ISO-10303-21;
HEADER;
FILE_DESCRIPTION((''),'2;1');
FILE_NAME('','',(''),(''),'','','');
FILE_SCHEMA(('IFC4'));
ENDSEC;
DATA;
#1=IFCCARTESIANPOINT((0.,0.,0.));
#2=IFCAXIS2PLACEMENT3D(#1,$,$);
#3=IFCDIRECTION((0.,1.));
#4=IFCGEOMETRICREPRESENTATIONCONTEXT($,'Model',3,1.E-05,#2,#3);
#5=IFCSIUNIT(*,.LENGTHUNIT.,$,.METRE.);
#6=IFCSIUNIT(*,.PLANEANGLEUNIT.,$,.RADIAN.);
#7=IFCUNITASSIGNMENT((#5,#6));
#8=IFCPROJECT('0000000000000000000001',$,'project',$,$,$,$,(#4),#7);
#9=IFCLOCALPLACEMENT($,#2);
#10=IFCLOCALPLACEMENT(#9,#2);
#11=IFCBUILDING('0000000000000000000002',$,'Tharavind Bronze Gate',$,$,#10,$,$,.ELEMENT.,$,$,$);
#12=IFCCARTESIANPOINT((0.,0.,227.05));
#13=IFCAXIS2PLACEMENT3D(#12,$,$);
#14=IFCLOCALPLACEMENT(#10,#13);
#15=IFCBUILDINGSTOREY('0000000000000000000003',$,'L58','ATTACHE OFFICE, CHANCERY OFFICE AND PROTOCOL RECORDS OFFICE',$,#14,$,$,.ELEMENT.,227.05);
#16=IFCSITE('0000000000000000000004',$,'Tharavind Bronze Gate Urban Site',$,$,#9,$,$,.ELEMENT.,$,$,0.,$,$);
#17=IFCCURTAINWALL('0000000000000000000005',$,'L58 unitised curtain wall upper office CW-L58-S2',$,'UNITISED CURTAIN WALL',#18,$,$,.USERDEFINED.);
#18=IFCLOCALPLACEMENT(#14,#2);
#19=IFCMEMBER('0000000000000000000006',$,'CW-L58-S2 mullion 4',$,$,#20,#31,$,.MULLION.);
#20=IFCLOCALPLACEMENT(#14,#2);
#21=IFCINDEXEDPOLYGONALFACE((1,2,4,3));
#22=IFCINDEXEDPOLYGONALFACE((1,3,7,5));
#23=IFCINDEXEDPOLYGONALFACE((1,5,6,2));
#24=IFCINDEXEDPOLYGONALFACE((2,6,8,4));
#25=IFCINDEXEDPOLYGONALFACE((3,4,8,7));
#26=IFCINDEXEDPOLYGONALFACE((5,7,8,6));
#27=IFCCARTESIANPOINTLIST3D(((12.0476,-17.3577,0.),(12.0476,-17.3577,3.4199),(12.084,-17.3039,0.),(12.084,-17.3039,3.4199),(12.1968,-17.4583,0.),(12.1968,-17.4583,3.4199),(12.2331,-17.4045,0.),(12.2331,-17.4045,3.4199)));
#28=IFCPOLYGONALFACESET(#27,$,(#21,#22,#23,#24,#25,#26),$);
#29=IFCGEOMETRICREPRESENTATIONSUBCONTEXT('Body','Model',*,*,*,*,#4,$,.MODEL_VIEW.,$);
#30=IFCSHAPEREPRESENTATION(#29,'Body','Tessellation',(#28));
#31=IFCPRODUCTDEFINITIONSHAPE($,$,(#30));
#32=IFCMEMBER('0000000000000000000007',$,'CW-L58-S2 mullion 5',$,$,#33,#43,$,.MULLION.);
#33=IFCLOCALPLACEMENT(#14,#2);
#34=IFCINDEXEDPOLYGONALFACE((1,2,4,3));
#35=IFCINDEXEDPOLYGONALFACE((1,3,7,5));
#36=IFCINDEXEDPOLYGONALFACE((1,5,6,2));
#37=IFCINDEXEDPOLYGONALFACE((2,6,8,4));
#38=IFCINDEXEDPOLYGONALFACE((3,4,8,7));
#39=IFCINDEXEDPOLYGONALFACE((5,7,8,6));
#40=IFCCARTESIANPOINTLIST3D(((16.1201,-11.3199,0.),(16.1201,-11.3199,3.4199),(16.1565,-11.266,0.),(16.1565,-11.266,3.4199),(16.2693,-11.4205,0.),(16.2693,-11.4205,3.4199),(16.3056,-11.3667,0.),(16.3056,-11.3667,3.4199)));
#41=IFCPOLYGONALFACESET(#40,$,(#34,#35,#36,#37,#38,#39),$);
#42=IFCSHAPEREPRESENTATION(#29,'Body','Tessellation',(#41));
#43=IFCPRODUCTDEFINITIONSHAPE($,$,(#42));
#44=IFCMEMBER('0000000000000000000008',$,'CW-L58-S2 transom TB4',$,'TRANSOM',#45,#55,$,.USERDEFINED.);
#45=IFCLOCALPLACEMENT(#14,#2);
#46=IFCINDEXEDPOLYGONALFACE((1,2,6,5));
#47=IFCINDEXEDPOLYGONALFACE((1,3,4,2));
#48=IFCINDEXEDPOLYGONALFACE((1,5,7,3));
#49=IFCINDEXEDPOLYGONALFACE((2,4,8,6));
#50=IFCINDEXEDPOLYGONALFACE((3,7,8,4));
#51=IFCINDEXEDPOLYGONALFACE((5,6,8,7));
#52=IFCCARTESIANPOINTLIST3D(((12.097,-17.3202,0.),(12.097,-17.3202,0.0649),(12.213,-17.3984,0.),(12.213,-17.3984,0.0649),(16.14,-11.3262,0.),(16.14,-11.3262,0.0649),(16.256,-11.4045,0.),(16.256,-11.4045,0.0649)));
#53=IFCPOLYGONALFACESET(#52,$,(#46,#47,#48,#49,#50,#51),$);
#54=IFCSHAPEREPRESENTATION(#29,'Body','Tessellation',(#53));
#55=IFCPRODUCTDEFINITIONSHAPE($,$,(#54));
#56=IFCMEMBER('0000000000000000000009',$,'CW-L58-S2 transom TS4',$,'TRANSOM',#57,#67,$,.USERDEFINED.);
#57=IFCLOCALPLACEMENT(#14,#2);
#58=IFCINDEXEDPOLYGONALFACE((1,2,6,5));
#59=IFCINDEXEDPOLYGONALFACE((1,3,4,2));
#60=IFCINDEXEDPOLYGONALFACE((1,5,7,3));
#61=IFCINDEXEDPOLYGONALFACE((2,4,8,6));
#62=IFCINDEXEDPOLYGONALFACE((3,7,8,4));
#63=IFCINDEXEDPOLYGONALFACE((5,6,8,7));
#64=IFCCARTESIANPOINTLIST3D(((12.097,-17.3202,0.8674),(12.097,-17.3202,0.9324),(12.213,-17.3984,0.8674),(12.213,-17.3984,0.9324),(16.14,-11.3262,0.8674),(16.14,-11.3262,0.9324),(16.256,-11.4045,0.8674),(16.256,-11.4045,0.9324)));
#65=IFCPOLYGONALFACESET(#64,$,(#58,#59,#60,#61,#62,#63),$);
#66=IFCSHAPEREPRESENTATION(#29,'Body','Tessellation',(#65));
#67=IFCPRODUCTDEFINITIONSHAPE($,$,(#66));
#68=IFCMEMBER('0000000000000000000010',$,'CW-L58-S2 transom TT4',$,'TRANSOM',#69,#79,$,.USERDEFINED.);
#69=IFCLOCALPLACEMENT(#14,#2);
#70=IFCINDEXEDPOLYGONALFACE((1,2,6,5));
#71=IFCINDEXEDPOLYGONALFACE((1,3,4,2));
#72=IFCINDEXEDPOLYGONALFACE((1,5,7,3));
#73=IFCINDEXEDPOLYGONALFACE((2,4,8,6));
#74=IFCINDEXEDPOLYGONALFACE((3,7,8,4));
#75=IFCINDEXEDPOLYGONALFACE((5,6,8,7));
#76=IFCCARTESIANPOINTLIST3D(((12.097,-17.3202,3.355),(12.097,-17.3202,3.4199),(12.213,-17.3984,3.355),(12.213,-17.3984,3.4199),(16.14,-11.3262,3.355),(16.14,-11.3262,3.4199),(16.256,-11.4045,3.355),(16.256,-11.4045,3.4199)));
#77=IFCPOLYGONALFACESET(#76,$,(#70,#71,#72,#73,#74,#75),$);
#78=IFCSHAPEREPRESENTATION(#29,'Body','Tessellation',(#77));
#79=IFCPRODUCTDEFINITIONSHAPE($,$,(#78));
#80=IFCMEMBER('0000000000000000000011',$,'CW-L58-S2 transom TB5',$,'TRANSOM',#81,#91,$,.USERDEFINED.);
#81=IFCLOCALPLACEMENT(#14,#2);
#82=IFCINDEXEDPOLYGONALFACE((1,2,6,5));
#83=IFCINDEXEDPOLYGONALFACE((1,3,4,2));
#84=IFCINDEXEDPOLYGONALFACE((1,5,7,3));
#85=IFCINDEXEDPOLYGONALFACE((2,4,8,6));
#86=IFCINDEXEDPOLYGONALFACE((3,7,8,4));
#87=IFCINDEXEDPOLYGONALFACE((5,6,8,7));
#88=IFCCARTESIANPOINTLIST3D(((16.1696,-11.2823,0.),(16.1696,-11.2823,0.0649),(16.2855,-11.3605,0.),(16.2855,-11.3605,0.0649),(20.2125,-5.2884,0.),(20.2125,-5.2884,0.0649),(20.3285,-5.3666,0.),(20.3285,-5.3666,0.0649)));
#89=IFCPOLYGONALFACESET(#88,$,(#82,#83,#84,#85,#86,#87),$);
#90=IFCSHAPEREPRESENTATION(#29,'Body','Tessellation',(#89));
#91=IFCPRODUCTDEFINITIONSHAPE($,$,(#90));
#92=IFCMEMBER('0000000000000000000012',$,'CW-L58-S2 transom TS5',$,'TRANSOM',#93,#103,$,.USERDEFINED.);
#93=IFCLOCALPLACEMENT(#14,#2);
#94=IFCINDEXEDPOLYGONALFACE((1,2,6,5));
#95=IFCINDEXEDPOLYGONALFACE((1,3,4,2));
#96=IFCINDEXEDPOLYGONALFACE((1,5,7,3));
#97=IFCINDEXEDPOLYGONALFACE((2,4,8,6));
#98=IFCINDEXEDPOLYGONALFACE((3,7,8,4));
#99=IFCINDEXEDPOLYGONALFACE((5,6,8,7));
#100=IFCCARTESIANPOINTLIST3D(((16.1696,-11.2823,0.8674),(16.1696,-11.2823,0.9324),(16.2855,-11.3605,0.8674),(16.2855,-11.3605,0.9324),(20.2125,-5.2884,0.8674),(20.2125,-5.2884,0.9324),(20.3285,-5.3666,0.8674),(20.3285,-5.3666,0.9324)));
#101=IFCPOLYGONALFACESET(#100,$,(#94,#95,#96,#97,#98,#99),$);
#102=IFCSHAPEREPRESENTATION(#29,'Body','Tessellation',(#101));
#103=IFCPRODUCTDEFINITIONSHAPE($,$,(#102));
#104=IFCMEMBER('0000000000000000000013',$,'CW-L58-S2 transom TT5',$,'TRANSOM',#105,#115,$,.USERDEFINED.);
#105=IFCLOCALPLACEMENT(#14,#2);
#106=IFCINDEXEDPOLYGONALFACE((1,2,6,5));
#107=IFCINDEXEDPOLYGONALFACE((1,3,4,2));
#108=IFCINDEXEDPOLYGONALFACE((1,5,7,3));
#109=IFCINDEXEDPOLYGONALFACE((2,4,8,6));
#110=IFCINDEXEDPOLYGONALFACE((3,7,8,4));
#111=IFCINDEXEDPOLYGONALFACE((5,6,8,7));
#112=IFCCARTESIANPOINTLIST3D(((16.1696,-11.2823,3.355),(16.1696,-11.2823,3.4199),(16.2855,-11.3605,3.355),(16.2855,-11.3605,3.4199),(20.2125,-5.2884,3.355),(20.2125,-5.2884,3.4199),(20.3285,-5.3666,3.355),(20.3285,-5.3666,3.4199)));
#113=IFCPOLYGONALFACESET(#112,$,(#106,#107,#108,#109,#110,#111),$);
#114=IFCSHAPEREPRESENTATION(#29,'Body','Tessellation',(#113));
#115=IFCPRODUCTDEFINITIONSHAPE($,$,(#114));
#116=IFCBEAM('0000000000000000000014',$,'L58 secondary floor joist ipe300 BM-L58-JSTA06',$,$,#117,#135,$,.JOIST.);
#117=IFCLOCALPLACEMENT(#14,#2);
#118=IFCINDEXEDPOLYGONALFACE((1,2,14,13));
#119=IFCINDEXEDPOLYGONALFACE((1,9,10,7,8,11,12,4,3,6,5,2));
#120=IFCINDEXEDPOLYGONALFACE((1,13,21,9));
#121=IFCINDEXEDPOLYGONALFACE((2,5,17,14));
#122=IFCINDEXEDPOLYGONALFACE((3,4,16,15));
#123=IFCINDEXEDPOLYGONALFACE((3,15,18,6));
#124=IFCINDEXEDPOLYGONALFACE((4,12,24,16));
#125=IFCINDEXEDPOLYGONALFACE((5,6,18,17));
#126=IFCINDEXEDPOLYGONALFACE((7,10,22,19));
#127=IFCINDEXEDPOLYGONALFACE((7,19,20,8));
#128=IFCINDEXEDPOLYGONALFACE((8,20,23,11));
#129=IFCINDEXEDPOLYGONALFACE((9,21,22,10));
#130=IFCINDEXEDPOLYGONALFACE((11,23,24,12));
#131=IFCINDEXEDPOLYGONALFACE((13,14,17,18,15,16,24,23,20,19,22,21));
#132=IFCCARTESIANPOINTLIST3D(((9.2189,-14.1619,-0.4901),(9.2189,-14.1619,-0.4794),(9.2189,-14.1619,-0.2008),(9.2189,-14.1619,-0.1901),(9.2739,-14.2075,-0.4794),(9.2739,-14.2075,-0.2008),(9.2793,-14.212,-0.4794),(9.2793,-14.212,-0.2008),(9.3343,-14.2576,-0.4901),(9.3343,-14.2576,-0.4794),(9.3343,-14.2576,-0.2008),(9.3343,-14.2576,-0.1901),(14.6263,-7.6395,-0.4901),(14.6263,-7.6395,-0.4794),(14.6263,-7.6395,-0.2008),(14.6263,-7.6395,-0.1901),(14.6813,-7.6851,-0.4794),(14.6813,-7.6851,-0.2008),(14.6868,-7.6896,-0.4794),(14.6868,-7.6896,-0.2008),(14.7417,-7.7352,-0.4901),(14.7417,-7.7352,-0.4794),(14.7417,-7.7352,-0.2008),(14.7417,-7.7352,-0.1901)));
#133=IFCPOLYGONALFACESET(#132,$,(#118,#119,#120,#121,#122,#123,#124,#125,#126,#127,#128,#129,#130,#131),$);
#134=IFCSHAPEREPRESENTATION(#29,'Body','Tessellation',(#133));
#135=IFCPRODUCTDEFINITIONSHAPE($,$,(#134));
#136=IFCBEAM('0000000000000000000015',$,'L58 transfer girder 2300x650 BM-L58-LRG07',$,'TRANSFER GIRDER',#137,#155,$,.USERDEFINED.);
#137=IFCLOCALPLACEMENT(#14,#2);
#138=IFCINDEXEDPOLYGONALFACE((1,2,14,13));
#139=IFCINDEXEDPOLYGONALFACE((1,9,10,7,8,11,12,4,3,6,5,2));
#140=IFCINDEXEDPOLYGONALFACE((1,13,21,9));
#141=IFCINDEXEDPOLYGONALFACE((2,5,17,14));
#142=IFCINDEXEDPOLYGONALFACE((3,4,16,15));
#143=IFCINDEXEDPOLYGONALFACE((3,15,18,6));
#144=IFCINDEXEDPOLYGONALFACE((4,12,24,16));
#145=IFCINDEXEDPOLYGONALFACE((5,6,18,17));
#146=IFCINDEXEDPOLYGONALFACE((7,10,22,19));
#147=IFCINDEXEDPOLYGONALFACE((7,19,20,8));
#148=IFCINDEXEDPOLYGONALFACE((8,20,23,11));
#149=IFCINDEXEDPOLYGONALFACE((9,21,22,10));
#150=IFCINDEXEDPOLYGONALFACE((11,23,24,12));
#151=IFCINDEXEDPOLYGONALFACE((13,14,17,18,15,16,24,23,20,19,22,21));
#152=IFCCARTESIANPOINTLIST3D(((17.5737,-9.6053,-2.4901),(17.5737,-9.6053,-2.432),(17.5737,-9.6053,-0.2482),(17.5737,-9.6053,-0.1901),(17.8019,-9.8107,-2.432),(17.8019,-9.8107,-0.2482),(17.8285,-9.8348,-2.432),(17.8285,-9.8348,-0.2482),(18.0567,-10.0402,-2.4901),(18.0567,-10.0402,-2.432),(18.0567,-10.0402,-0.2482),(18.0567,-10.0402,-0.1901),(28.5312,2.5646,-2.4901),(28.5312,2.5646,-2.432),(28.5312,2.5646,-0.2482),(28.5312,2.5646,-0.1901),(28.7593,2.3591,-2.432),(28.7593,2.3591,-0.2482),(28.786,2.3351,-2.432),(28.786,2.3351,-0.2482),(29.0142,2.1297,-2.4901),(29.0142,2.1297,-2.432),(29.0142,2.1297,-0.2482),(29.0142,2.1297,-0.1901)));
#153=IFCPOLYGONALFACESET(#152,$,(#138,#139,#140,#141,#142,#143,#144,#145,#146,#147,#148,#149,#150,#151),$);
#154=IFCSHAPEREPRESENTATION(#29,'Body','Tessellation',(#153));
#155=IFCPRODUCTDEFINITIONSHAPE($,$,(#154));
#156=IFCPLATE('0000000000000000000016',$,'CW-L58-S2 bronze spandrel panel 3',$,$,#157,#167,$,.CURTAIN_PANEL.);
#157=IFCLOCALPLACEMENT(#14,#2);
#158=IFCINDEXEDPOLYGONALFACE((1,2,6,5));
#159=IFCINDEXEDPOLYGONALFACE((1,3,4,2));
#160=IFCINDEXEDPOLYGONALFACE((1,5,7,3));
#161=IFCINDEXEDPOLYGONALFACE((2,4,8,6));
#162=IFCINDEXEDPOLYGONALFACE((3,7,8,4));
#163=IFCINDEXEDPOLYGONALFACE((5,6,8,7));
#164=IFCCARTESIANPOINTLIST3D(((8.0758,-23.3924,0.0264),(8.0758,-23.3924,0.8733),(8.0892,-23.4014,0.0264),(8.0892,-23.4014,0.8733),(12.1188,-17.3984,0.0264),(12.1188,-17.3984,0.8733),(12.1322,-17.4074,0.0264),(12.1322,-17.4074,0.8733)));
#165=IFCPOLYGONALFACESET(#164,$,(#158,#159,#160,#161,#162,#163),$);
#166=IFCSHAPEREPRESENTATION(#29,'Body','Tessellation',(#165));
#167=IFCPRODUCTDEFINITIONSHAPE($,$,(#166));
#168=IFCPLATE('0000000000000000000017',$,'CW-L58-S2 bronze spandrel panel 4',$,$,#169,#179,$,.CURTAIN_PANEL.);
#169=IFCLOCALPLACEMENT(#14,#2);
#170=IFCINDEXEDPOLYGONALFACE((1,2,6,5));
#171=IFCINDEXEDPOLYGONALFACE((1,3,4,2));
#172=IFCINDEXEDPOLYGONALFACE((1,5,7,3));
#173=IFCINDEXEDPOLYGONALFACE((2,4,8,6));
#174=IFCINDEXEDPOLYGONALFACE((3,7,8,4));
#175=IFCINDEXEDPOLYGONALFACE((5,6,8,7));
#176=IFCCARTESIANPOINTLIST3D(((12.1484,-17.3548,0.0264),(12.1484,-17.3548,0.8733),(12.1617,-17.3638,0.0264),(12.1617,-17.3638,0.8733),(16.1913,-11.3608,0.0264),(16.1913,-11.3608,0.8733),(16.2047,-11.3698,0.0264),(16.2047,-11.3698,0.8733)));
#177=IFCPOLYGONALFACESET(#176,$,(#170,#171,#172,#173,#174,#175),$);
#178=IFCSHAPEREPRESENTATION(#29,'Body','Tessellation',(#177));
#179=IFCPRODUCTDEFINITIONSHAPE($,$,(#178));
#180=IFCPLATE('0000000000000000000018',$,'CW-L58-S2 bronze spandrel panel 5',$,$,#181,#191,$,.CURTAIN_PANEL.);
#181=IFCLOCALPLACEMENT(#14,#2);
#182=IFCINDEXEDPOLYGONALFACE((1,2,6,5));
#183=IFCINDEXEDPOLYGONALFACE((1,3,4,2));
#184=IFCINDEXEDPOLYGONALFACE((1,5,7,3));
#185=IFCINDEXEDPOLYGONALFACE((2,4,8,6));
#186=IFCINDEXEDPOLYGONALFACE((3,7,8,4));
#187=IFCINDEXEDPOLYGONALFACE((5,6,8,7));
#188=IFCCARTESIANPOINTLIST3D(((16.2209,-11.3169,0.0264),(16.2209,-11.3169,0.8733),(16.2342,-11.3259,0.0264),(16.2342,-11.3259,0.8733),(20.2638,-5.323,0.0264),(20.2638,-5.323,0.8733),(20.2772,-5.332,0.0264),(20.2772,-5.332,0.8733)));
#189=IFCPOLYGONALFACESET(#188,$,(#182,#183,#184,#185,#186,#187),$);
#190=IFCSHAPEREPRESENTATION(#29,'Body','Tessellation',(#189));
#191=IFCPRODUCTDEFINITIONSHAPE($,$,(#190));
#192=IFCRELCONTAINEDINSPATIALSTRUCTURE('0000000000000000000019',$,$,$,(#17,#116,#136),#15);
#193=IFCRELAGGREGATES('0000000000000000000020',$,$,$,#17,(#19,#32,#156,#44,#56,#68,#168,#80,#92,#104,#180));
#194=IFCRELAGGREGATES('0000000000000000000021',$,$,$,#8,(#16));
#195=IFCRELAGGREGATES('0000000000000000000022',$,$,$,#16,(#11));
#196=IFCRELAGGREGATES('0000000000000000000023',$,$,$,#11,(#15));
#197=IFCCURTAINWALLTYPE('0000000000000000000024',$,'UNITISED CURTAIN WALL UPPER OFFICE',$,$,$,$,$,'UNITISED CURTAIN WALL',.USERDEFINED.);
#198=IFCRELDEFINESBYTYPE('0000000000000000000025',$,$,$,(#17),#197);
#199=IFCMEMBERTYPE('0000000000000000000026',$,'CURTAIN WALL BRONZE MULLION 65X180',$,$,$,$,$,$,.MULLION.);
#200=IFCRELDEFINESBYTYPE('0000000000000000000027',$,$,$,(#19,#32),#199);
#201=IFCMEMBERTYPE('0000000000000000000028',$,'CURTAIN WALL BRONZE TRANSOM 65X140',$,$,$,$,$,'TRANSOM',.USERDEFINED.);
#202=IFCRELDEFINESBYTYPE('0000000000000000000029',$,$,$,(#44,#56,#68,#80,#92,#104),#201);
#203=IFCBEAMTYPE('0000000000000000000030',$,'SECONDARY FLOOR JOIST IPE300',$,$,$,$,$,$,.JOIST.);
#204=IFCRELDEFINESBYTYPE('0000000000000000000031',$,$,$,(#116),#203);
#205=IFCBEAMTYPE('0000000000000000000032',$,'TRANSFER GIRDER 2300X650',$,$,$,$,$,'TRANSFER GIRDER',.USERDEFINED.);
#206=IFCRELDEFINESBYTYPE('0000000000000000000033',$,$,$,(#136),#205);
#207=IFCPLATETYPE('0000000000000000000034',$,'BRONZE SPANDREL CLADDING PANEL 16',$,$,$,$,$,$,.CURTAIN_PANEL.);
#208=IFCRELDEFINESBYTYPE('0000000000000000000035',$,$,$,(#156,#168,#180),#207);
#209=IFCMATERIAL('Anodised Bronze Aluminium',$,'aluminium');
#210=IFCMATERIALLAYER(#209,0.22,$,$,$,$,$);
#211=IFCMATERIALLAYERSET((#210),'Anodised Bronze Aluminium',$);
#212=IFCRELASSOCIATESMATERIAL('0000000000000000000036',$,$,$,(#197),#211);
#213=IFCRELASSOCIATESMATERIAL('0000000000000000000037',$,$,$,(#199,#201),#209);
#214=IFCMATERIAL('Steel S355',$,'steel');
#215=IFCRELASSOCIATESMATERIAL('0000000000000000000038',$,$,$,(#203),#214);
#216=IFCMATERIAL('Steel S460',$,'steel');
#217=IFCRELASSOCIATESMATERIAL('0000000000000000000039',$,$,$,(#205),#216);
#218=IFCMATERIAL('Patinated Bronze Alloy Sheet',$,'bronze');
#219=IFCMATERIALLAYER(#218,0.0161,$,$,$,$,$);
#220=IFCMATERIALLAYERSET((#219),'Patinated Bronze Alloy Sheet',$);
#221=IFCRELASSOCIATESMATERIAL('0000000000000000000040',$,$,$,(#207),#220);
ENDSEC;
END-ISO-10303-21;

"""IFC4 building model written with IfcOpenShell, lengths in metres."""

from ifc_helpers import new_model, si_unit, direction, frame, origin, origin_2d, place, context, subcontext, project, spatial, rectangle, i_section, extrude, material, layer, layer_set, material_profile, profile_set, type_object, element, aggregate, save


model = new_model("IFC4")

# Units and contexts
model_context = context("Model", 3, precision=1e-05, world=origin(), true_north=direction((0.0, 1.0)))
body_context = subcontext(model_context, "Body", "Model", "MODEL_VIEW")
ifc_project = project(units=[si_unit("LENGTHUNIT", "METRE"), si_unit("PLANEANGLEUNIT", "RADIAN")], contexts=[model_context])

# Site, building, storey
site_placement = place(None, origin())
site = spatial("IfcSite", under=ifc_project, at=site_placement, Name="Tharavind Bronze Gate Urban Site", CompositionType="ELEMENT", RefElevation=0.0)
building_placement = place(site_placement, origin())
building = spatial("IfcBuilding", under=site, at=building_placement, Name="Tharavind Bronze Gate", CompositionType="ELEMENT")
storey_placement = place(building_placement, frame((0.0, 0.0, 227.05)))
storey = spatial("IfcBuildingStorey", under=building, at=storey_placement, Name="L58", Description="ATTACHE OFFICE, CHANCERY OFFICE AND PROTOCOL RECORDS OFFICE", CompositionType="ELEMENT", Elevation=227.05)

# Curtain wall, members
ifc_material_1 = material(Name="Anodised Bronze Aluminium", Category="aluminium")
ifc_layer_1 = layer(ifc_material_1, 0.22)
ifc_layer_set_1 = layer_set([ifc_layer_1], Name="Anodised Bronze Aluminium")
curtain_wall_type = type_object("IfcCurtainWallType", Name="UNITISED CURTAIN WALL UPPER OFFICE", ElementType="UNITISED CURTAIN WALL", PredefinedType="USERDEFINED", material=ifc_layer_set_1)
curtain_wall_placement = place(storey_placement, origin())
curtain_wall = element("IfcCurtainWall", 1, at=curtain_wall_placement, inside=storey, type_object=curtain_wall_type, Name="L58 unitised curtain wall upper office CW-L58-S2", ObjectType="UNITISED CURTAIN WALL", PredefinedType="USERDEFINED")
member_type_1 = type_object("IfcMemberType", Name="CURTAIN WALL BRONZE MULLION 65X180", PredefinedType="MULLION", material=ifc_material_1)
member_1_placement = place(storey_placement, frame((12.1404, -17.3811, 0.0), z_axis=(0.0, 0.0, 1.0), x_axis=(0.559193, 0.829038, 0.0)))
member_1 = element("IfcMember", 2, at=member_1_placement, type_object=member_type_1, Name="CW-L58-S2 mullion 4", PredefinedType="MULLION", context=body_context, shape_type="SweptSolid", body=[
    extrude(rectangle(XDim=0.0649, YDim=0.1799, at=origin_2d()), origin(), (0.0, 0.0, 1.0), 3.4199),
])
member_2_placement = place(storey_placement, frame((16.2129, -11.3433, 0.0), z_axis=(0.0, 0.0, 1.0), x_axis=(0.559193, 0.829038, 0.0)))
member_2 = element("IfcMember", 3, at=member_2_placement, type_object=member_type_1, Name="CW-L58-S2 mullion 5", PredefinedType="MULLION", context=body_context, shape_type="SweptSolid", body=[
    extrude(rectangle(XDim=0.0649, YDim=0.1799, at=origin_2d()), origin(), (0.0, 0.0, 1.0), 3.4199),
])
member_type_2 = type_object("IfcMemberType", Name="CURTAIN WALL BRONZE TRANSOM 65X140", ElementType="TRANSOM", PredefinedType="USERDEFINED", material=ifc_material_1)
member_3_placement = place(storey_placement, frame((14.1765, -14.3623, 0.0), z_axis=(0.0, 0.0, 1.0), x_axis=(0.559193, 0.829038, 0.0)))
member_3 = element("IfcMember", 4, at=member_3_placement, type_object=member_type_2, Name="CW-L58-S2 transom TB4", ObjectType="TRANSOM", PredefinedType="USERDEFINED", context=body_context, shape_type="SweptSolid", body=[
    extrude(rectangle(XDim=7.23, YDim=0.1399, at=origin_2d()), origin(), (0.0, 0.0, 1.0), 0.0649),
])
member_4_placement = place(storey_placement, frame((14.1765, -14.3623, 0.8674), z_axis=(0.0, 0.0, 1.0), x_axis=(0.559193, 0.829038, 0.0)))
member_4 = element("IfcMember", 5, at=member_4_placement, type_object=member_type_2, Name="CW-L58-S2 transom TS4", ObjectType="TRANSOM", PredefinedType="USERDEFINED", context=body_context, shape_type="SweptSolid", body=[
    extrude(rectangle(XDim=7.23, YDim=0.1399, at=origin_2d()), origin(), (0.0, 0.0, 1.0), 0.0649),
])
member_5_placement = place(storey_placement, frame((14.1765, -14.3623, 3.355), z_axis=(0.0, 0.0, 1.0), x_axis=(0.559193, 0.829038, 0.0)))
member_5 = element("IfcMember", 6, at=member_5_placement, type_object=member_type_2, Name="CW-L58-S2 transom TT4", ObjectType="TRANSOM", PredefinedType="USERDEFINED", context=body_context, shape_type="SweptSolid", body=[
    extrude(rectangle(XDim=7.23, YDim=0.1399, at=origin_2d()), origin(), (0.0, 0.0, 1.0), 0.0649),
])
member_6_placement = place(storey_placement, frame((18.249, -8.3245, 0.0), z_axis=(0.0, 0.0, 1.0), x_axis=(0.559193, 0.829038, 0.0)))
member_6 = element("IfcMember", 7, at=member_6_placement, type_object=member_type_2, Name="CW-L58-S2 transom TB5", ObjectType="TRANSOM", PredefinedType="USERDEFINED", context=body_context, shape_type="SweptSolid", body=[
    extrude(rectangle(XDim=7.23, YDim=0.1399, at=origin_2d()), origin(), (0.0, 0.0, 1.0), 0.0649),
])
member_7_placement = place(storey_placement, frame((18.249, -8.3245, 0.8674), z_axis=(0.0, 0.0, 1.0), x_axis=(0.559193, 0.829038, 0.0)))
member_7 = element("IfcMember", 8, at=member_7_placement, type_object=member_type_2, Name="CW-L58-S2 transom TS5", ObjectType="TRANSOM", PredefinedType="USERDEFINED", context=body_context, shape_type="SweptSolid", body=[
    extrude(rectangle(XDim=7.23, YDim=0.1399, at=origin_2d()), origin(), (0.0, 0.0, 1.0), 0.0649),
])
member_8_placement = place(storey_placement, frame((18.249, -8.3245, 3.355), z_axis=(0.0, 0.0, 1.0), x_axis=(0.559193, 0.829038, 0.0)))
member_8 = element("IfcMember", 9, at=member_8_placement, type_object=member_type_2, Name="CW-L58-S2 transom TT5", ObjectType="TRANSOM", PredefinedType="USERDEFINED", context=body_context, shape_type="SweptSolid", body=[
    extrude(rectangle(XDim=7.23, YDim=0.1399, at=origin_2d()), origin(), (0.0, 0.0, 1.0), 0.0649),
])

# Beams
ifc_material_2 = material(Name="Steel S355", Category="steel")
ifc_material_profile_1 = material_profile(ifc_material_2, i_section(OverallWidth=0.1499, OverallDepth=0.3, WebThickness=0.0071, FlangeThickness=0.0107, at=origin_2d()), Name="IPE300")
ifc_profile_set_1 = profile_set([ifc_material_profile_1], Name="Steel S355")
beam_type_1 = type_object("IfcBeamType", Name="SECONDARY FLOOR JOIST IPE300", PredefinedType="JOIST", material=ifc_profile_set_1)
beam_1_placement = place(storey_placement, frame((9.2766, -14.2097, -0.3401), z_axis=(0.638238, 0.769839, 0.0), x_axis=(-0.769839, 0.638238, 0.0)))
element("IfcBeam", 10, at=beam_1_placement, inside=storey, type_object=beam_type_1, Name="L58 secondary floor joist ipe300 BM-L58-JSTA06", PredefinedType="JOIST", context=body_context, shape_type="SweptSolid", body=[
    extrude(i_section(OverallWidth=0.1499, OverallDepth=0.3, WebThickness=0.0071, FlangeThickness=0.0107, at=origin_2d()), origin(), (0.0, 0.0, 1.0), 8.4724),
])
ifc_material_3 = material(Name="Steel S460", Category="steel")
ifc_material_profile_2 = material_profile(ifc_material_3, i_section(OverallWidth=0.6499, OverallDepth=2.3, WebThickness=0.0359, FlangeThickness=0.0581, at=origin_2d()), Name="PG2300X650")
ifc_profile_set_2 = profile_set([ifc_material_profile_2], Name="Steel S460")
beam_type_2 = type_object("IfcBeamType", Name="TRANSFER GIRDER 2300X650", ElementType="TRANSFER GIRDER", PredefinedType="USERDEFINED", material=ifc_profile_set_2)
beam_2_placement = place(storey_placement, frame((17.8152, -9.8228, -1.3401), z_axis=(0.66912, 0.743155, 0.0), x_axis=(-0.743155, 0.66912, 0.0)))
element("IfcBeam", 11, at=beam_2_placement, inside=storey, type_object=beam_type_2, Name="L58 transfer girder 2300x650 BM-L58-LRG07", ObjectType="TRANSFER GIRDER", PredefinedType="USERDEFINED", context=body_context, shape_type="SweptSolid", body=[
    extrude(i_section(OverallWidth=0.6499, OverallDepth=2.3, WebThickness=0.0359, FlangeThickness=0.0581, at=origin_2d()), origin(), (0.0, 0.0, 1.0), 16.376),
])

# Plates
ifc_material_4 = material(Name="Patinated Bronze Alloy Sheet", Category="bronze")
ifc_layer_2 = layer(ifc_material_4, 0.0161)
ifc_layer_set_2 = layer_set([ifc_layer_2], Name="Patinated Bronze Alloy Sheet")
plate_type_1 = type_object("IfcPlateType", Name="BRONZE SPANDREL CLADDING PANEL 16", PredefinedType="CURTAIN_PANEL", material=ifc_layer_set_2)
plate_1_placement = place(storey_placement, frame((10.104, -20.3999, 0.0264), z_axis=(0.0, 0.0, 1.0), x_axis=(0.559193, 0.829038, 0.0)))
plate_1 = element("IfcPlate", 12, at=plate_1_placement, type_object=plate_type_1, Name="CW-L58-S2 bronze spandrel panel 3", PredefinedType="CURTAIN_PANEL", context=body_context, shape_type="SweptSolid", body=[
    extrude(rectangle(XDim=7.23, YDim=0.0161, at=origin_2d()), origin(), (0.0, 0.0, 1.0), 0.8469),
])
plate_2_placement = place(storey_placement, frame((14.1765, -14.3623, 0.0264), z_axis=(0.0, 0.0, 1.0), x_axis=(0.559193, 0.829038, 0.0)))
plate_2 = element("IfcPlate", 13, at=plate_2_placement, type_object=plate_type_1, Name="CW-L58-S2 bronze spandrel panel 4", PredefinedType="CURTAIN_PANEL", context=body_context, shape_type="SweptSolid", body=[
    extrude(rectangle(XDim=7.23, YDim=0.0161, at=origin_2d()), origin(), (0.0, 0.0, 1.0), 0.8469),
])
plate_3_placement = place(storey_placement, frame((18.249, -8.3245, 0.0264), z_axis=(0.0, 0.0, 1.0), x_axis=(0.559193, 0.829038, 0.0)))
plate_3 = element("IfcPlate", 14, at=plate_3_placement, type_object=plate_type_1, Name="CW-L58-S2 bronze spandrel panel 5", PredefinedType="CURTAIN_PANEL", context=body_context, shape_type="SweptSolid", body=[
    extrude(rectangle(XDim=7.23, YDim=0.0161, at=origin_2d()), origin(), (0.0, 0.0, 1.0), 0.8469),
])
aggregate(curtain_wall, [member_1, member_2, plate_1, member_3, member_4, member_5, plate_2, member_6, member_7, member_8, plate_3])

save(model, "model.ifc")
